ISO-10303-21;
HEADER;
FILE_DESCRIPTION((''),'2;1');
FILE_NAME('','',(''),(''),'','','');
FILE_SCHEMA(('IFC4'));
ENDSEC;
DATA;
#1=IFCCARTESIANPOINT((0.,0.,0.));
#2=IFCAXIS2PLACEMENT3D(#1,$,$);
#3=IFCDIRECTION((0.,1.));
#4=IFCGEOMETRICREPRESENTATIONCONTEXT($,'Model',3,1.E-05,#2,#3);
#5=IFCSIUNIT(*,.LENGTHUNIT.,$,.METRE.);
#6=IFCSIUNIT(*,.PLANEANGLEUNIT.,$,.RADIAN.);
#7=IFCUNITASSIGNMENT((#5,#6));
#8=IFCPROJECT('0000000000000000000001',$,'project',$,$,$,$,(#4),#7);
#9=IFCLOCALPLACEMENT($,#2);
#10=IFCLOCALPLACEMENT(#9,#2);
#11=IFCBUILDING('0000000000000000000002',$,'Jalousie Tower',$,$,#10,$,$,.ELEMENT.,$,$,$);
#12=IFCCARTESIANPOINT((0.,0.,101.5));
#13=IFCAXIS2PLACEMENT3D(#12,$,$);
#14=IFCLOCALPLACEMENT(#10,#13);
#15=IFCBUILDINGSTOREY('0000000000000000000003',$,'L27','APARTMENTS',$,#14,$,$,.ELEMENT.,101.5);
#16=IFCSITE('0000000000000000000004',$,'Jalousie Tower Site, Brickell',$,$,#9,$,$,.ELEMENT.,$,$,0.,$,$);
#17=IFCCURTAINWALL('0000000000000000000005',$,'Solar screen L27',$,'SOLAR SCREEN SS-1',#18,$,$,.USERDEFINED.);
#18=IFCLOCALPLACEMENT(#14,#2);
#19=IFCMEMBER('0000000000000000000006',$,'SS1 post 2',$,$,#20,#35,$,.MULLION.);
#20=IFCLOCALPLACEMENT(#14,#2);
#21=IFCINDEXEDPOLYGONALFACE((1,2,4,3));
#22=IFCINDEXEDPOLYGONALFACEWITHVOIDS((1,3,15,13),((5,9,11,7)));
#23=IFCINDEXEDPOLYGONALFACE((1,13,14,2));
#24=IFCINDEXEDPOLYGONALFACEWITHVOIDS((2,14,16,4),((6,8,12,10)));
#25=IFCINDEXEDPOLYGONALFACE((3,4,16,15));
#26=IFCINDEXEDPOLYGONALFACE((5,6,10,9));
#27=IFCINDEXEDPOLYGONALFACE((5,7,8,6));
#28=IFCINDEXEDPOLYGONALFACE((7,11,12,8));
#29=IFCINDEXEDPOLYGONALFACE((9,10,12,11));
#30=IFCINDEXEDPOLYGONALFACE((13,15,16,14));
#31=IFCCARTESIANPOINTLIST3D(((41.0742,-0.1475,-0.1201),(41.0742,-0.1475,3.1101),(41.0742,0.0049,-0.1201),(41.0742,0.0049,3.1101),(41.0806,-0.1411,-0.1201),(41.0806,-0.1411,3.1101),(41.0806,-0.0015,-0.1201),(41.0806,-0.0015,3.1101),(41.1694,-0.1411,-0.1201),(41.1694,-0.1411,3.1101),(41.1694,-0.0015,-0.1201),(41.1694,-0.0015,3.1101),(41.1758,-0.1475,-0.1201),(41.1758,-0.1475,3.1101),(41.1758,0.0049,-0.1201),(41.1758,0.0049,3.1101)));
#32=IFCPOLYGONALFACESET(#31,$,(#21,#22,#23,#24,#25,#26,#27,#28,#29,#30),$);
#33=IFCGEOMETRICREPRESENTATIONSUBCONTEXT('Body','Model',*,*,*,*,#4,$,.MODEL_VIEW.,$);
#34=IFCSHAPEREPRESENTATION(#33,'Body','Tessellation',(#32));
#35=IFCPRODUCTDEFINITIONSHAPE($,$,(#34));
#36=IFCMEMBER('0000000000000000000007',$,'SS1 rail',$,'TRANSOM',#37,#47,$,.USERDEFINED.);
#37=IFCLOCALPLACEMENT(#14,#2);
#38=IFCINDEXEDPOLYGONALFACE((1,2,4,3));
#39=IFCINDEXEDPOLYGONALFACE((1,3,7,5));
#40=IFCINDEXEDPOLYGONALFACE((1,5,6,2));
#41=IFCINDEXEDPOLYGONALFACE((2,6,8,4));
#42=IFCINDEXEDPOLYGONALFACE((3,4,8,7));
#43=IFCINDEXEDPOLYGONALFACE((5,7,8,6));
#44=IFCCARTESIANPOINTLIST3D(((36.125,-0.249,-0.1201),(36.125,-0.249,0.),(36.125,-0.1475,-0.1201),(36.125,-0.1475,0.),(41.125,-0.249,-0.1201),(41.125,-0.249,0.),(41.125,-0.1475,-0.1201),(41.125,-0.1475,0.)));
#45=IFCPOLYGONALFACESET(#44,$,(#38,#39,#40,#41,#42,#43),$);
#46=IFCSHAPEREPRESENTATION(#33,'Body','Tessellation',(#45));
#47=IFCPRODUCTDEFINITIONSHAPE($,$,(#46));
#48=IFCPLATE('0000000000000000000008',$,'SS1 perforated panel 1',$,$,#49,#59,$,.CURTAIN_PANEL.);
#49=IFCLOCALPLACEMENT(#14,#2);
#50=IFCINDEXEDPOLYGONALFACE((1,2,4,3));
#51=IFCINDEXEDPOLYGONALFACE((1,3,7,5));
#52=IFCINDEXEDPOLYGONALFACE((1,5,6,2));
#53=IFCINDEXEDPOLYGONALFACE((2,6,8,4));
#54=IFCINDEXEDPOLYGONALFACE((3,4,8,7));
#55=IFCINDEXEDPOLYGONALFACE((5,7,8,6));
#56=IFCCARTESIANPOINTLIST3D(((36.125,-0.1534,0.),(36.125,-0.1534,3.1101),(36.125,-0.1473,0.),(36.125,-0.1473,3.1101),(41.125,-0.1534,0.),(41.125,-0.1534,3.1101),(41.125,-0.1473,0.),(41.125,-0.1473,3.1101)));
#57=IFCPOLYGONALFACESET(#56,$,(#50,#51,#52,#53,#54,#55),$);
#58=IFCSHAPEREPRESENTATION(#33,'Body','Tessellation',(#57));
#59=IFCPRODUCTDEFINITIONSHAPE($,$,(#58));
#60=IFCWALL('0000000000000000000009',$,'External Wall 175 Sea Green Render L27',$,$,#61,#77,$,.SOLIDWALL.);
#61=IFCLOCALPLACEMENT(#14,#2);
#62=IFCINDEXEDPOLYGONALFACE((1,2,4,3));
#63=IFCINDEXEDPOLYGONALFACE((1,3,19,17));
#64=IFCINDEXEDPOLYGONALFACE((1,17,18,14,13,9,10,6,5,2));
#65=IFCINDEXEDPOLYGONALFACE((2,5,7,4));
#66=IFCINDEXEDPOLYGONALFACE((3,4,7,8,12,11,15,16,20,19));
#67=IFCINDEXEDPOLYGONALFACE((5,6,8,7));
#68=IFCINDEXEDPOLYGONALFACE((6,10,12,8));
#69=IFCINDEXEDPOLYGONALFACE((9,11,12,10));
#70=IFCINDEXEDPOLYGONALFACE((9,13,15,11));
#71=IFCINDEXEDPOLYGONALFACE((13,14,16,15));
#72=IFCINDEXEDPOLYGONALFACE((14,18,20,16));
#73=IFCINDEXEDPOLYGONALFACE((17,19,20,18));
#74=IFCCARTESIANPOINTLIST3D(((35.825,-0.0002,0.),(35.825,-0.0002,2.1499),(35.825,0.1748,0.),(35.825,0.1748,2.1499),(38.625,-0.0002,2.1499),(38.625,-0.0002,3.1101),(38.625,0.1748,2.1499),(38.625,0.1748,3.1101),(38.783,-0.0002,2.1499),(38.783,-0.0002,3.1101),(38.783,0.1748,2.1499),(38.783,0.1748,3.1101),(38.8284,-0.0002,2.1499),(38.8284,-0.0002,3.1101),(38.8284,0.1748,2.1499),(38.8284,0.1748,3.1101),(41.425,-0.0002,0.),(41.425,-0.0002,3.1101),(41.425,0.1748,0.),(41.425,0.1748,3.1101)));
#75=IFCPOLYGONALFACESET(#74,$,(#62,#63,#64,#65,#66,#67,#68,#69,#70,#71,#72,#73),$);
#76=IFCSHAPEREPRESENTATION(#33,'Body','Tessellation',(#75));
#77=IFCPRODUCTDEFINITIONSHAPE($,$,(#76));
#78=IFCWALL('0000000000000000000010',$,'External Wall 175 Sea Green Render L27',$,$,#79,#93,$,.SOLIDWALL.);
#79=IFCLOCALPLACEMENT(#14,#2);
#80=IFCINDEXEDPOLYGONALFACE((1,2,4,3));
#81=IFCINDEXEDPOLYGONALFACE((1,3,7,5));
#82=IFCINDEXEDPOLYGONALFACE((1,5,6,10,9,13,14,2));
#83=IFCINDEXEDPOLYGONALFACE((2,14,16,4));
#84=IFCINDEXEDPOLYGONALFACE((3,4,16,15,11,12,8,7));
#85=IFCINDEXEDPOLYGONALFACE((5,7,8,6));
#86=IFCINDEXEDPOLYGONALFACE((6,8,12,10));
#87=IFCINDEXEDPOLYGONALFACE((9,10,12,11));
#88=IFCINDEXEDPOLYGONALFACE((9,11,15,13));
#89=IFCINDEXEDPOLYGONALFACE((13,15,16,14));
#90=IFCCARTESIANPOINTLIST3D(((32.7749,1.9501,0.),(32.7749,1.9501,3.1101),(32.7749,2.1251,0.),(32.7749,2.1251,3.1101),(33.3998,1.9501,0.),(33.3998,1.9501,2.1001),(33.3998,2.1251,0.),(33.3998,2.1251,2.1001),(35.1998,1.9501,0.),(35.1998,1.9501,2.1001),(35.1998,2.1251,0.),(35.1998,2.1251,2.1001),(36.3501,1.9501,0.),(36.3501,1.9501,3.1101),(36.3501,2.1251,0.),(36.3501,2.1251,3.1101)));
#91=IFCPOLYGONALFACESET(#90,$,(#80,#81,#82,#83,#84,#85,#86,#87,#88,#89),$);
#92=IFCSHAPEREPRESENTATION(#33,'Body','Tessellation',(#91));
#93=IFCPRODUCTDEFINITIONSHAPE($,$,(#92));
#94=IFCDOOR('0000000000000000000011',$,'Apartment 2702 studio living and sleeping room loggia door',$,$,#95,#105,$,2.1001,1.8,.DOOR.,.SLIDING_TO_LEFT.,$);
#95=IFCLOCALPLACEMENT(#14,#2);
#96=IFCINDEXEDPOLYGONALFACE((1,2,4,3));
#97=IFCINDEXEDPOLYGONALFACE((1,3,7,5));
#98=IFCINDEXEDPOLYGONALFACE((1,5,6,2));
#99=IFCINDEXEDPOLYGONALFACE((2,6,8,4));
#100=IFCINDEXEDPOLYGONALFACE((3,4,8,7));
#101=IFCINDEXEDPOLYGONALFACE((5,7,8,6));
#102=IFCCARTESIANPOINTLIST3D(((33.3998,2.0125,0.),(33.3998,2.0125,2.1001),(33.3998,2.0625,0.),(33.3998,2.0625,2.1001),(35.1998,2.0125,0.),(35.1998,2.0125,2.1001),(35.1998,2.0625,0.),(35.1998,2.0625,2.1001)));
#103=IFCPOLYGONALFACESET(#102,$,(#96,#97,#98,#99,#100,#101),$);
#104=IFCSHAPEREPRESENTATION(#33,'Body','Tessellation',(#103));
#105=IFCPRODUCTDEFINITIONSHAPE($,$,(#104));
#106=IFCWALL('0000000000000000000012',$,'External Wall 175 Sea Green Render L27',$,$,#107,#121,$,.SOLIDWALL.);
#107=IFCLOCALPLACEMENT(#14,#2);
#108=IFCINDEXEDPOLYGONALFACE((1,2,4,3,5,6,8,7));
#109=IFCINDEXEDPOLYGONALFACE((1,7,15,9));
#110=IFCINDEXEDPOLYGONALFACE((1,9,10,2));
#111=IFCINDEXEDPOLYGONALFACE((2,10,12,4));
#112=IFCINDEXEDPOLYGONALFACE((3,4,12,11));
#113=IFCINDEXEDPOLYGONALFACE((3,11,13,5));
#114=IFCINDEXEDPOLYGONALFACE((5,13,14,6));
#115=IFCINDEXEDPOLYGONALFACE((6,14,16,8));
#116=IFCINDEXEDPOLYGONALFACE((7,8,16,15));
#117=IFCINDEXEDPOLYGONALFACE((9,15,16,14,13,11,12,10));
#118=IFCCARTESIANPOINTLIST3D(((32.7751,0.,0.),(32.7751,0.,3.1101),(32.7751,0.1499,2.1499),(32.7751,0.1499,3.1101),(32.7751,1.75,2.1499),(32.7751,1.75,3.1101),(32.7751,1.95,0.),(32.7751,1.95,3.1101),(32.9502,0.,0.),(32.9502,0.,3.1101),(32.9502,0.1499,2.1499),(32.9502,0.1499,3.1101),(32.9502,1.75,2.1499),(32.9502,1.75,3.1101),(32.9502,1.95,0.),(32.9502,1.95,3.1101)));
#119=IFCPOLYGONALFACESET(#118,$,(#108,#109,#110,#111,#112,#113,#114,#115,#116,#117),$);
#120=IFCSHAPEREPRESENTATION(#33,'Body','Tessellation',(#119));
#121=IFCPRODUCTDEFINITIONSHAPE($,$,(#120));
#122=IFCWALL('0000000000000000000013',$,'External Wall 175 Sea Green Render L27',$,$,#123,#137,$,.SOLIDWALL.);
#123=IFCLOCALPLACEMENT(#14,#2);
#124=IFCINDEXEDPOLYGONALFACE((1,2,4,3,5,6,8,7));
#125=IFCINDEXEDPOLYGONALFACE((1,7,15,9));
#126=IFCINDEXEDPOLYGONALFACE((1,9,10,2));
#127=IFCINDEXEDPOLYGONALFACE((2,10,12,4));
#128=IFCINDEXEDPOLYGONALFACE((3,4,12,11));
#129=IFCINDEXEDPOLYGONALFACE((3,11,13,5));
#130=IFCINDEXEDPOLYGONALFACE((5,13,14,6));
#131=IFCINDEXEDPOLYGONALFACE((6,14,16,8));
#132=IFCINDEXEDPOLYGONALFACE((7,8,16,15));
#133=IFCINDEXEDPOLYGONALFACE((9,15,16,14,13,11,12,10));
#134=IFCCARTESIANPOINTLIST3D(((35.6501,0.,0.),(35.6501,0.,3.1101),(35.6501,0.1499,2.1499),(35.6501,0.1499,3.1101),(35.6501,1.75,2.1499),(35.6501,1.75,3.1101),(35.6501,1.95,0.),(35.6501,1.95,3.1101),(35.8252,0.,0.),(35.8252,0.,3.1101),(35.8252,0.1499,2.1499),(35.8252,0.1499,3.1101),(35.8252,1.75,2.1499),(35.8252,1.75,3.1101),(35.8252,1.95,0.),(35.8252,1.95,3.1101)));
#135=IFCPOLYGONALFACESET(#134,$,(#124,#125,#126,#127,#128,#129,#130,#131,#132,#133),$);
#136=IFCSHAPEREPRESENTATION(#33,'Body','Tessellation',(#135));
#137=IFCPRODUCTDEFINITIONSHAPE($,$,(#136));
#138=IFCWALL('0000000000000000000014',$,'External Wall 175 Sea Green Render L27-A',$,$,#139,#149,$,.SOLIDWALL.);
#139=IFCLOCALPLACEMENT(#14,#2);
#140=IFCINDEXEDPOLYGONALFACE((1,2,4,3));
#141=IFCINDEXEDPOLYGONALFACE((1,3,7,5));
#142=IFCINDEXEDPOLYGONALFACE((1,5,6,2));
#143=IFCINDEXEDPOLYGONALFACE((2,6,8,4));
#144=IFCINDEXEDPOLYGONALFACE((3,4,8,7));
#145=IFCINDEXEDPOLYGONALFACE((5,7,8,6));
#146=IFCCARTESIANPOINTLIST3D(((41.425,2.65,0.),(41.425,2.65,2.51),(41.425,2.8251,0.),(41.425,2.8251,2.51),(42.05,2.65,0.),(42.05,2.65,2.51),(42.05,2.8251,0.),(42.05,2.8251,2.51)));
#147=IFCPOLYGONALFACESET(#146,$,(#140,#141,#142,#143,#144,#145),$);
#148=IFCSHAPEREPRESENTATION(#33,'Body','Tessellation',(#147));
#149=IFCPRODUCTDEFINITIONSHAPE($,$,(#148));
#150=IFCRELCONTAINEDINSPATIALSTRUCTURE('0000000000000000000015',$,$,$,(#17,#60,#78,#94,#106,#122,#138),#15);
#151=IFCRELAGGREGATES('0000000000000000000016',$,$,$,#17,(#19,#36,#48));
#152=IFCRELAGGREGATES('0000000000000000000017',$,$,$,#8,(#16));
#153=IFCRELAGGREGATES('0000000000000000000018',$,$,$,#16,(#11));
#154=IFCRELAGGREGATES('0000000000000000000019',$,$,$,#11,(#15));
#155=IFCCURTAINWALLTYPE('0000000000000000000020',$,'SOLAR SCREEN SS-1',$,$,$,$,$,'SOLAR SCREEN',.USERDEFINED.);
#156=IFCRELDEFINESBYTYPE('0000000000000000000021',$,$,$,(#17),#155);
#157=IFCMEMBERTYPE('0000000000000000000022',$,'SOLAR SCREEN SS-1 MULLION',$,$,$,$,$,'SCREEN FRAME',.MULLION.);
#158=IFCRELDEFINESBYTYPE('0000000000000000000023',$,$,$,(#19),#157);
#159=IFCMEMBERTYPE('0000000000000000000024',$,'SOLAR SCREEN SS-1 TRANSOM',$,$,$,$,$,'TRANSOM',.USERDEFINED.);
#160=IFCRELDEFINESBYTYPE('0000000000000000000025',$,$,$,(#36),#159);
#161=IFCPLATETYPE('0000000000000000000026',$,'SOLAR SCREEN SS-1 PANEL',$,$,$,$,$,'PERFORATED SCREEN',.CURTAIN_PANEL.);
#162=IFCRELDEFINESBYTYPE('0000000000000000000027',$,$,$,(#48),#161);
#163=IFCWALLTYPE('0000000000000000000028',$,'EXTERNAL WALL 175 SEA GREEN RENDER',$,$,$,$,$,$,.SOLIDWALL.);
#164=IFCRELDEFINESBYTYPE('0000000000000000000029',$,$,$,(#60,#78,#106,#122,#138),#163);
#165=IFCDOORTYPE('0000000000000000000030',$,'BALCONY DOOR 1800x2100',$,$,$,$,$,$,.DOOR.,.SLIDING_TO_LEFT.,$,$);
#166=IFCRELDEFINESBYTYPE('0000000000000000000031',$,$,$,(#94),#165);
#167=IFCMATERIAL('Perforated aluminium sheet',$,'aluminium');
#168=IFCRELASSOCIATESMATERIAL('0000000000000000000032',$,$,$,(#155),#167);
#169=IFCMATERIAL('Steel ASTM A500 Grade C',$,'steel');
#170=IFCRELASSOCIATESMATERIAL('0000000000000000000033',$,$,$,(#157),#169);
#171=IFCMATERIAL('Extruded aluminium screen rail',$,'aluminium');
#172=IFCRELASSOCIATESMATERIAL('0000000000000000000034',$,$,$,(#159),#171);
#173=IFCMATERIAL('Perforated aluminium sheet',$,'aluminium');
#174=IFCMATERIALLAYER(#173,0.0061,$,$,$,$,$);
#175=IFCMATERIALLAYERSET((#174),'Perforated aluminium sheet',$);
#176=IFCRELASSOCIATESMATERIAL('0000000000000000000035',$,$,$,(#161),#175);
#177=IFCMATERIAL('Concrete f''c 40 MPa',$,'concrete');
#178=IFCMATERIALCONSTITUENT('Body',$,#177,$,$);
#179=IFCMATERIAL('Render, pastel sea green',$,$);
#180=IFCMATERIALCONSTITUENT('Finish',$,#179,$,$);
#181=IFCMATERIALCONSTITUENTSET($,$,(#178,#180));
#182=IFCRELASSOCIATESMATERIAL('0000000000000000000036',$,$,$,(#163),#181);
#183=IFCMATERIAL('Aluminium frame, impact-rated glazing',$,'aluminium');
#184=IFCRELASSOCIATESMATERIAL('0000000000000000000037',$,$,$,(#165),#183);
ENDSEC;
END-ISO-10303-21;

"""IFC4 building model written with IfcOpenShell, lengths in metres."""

from ifc_helpers import new_model, si_unit, direction, frame, frame_2d, origin, origin_2d, place, context, subcontext, project, spatial, polyline, rectangle, hollow_rectangle, outline, extrude, material, layer, layer_set, constituent, constituent_set, material_profile, profile_set, type_object, element, fill, aggregate, save


model = new_model("IFC4")

# Units and contexts
model_context = context("Model", 3, precision=1e-05, world=origin(), true_north=direction((0.0, 1.0)))
body_context = subcontext(model_context, "Body", "Model", "MODEL_VIEW")
ifc_project = project(units=[si_unit("LENGTHUNIT", "METRE"), si_unit("PLANEANGLEUNIT", "RADIAN")], contexts=[model_context])

# Site, building, storey
site_placement = place(None, origin())
site = spatial("IfcSite", under=ifc_project, at=site_placement, Name="Jalousie Tower Site, Brickell", CompositionType="ELEMENT", RefElevation=0.0)
building_placement = place(site_placement, origin())
building = spatial("IfcBuilding", under=site, at=building_placement, Name="Jalousie Tower", CompositionType="ELEMENT")
storey_placement = place(building_placement, frame((0.0, 0.0, 101.5)))
storey = spatial("IfcBuildingStorey", under=building, at=storey_placement, Name="L27", Description="APARTMENTS", CompositionType="ELEMENT", Elevation=101.5)

# Shared definitions
ifc_material_1 = material(Name="Perforated aluminium sheet", Category="aluminium")
curtain_wall_type = type_object("IfcCurtainWallType", Name="SOLAR SCREEN SS-1", ElementType="SOLAR SCREEN", PredefinedType="USERDEFINED", material=ifc_material_1)
ifc_material_2 = material(Name="Steel ASTM A500 Grade C", Category="steel")
ifc_material_profile_1 = material_profile(ifc_material_2, hollow_rectangle(XDim=0.1016, YDim=0.1523, WallThickness=0.0063, at=origin_2d()), Name="HSS6X4X1/4")
ifc_profile_set_1 = profile_set([ifc_material_profile_1], Name="Steel ASTM A500 Grade C")
member_type_1 = type_object("IfcMemberType", Name="SOLAR SCREEN SS-1 MULLION", ElementType="SCREEN FRAME", PredefinedType="MULLION", material=ifc_profile_set_1)

# Curtain wall, members, plate
curtain_wall_1_placement = place(storey_placement, origin())
curtain_wall_1 = element("IfcCurtainWall", 1, at=curtain_wall_1_placement, inside=storey, type_object=curtain_wall_type, Name="Solar screen L27", ObjectType="SOLAR SCREEN SS-1", PredefinedType="USERDEFINED")
member_1_placement = place(storey_placement, frame((41.125, -0.0713, -0.1201), z_axis=(0.0, 0.0, 1.0), x_axis=(1.0, 0.0, 0.0)))
member_1 = element("IfcMember", 2, at=member_1_placement, type_object=member_type_1, Name="SS1 post 2", PredefinedType="MULLION", context=body_context, shape_type="SweptSolid", body=[
    extrude(hollow_rectangle(XDim=0.1016, YDim=0.1523, WallThickness=0.0063, at=origin_2d()), origin(), (0.0, 0.0, 1.0), 3.2302),
])
ifc_material_3 = material(Name="Extruded aluminium screen rail", Category="aluminium")
ifc_material_profile_2 = material_profile(ifc_material_3, rectangle(XDim=0.1016, YDim=0.1201, at=origin_2d()), Name="RAIL 102x120")
ifc_profile_set_2 = profile_set([ifc_material_profile_2], Name="Extruded aluminium screen rail")
member_type_2 = type_object("IfcMemberType", Name="SOLAR SCREEN SS-1 TRANSOM", ElementType="TRANSOM", PredefinedType="USERDEFINED", material=ifc_profile_set_2)
member_2_placement = place(storey_placement, frame((36.125, -0.1982, -0.0601), z_axis=(1.0, 0.0, 0.0), x_axis=(0.0, 1.0, 0.0)))
member_2 = element("IfcMember", 3, at=member_2_placement, type_object=member_type_2, Name="SS1 rail", ObjectType="TRANSOM", PredefinedType="USERDEFINED", context=body_context, shape_type="SweptSolid", body=[
    extrude(rectangle(XDim=0.1016, YDim=0.1201, at=origin_2d()), origin(), (0.0, 0.0, 1.0), 5.0),
])
ifc_material_4 = material(Name="Perforated aluminium sheet", Category="aluminium")
ifc_layer_1 = layer(ifc_material_4, 0.0061)
ifc_layer_set_1 = layer_set([ifc_layer_1], Name="Perforated aluminium sheet")
plate_type = type_object("IfcPlateType", Name="SOLAR SCREEN SS-1 PANEL", ElementType="PERFORATED SCREEN", PredefinedType="CURTAIN_PANEL", material=ifc_layer_set_1)
plate_placement = place(storey_placement, frame((38.625, -0.1504, 0.0), z_axis=(0.0, 0.0, 1.0), x_axis=(1.0, 0.0, 0.0)))
plate = element("IfcPlate", 4, at=plate_placement, type_object=plate_type, Name="SS1 perforated panel 1", PredefinedType="CURTAIN_PANEL", context=body_context, shape_type="SweptSolid", body=[
    extrude(rectangle(XDim=5.0, YDim=0.0061, at=origin_2d()), origin(), (0.0, 0.0, 1.0), 3.1101),
])
aggregate(curtain_wall_1, [member_1, member_2, plate])

# Wall
ifc_material_5 = material(Name="Concrete f'c 40 MPa", Category="concrete")
ifc_constituent_1 = constituent(ifc_material_5, Name="Body")
ifc_material_6 = material(Name="Render, pastel sea green")
ifc_constituent_2 = constituent(ifc_material_6, Name="Finish")
ifc_constituent_set_1 = constituent_set(constituents=[ifc_constituent_1, ifc_constituent_2])
wall_type_1 = type_object("IfcWallType", Name="EXTERNAL WALL 175 SEA GREEN RENDER", PredefinedType="SOLIDWALL", material=ifc_constituent_set_1)
wall_1_placement = place(storey_placement, frame((35.825, 0.0874, 0.0), z_axis=(0.0, 0.0, 1.0), x_axis=(1.0, 0.0, 0.0)))
element("IfcWall", 5, at=wall_1_placement, inside=storey, type_object=wall_type_1, Name="External Wall 175 Sea Green Render L27", PredefinedType="SOLIDWALL", context=body_context, shape_type="SweptSolid", body=[
    extrude(outline(polyline([(0.0, 0.0), (5.6001, 0.0), (5.6001, 3.1101), (3.0034, 3.1101), (3.0034, 2.1499), (2.958, 2.1499), (2.958, 3.1101), (2.8, 3.1101), (2.8, 2.1499), (0.0, 2.1499), (0.0, 0.0)])), frame((0.0, 0.0874, 0.0), z_axis=(0.0, -1.0, 0.0), x_axis=(1.0, 0.0, 0.0)), (0.0, 0.0, 1.0), 0.175),
])

# Wall, opening, door
wall_2_placement = place(storey_placement, frame((32.7749, 2.0376, 0.0), z_axis=(0.0, 0.0, 1.0), x_axis=(1.0, 0.0, 0.0)))
wall_2 = element("IfcWall", 6, at=wall_2_placement, inside=storey, type_object=wall_type_1, Name="External Wall 175 Sea Green Render L27", PredefinedType="SOLIDWALL", context=body_context, shape_type="SweptSolid", body=[
    extrude(rectangle(XDim=3.5752, YDim=0.175, at=frame_2d((1.7876, 0.0))), origin(), (0.0, 0.0, 1.0), 3.1101),
])
opening_1_placement = place(wall_2_placement, frame((0.625, 0.0, 0.0)))
opening_1 = element("IfcOpeningElement", 7, at=opening_1_placement, cuts=wall_2, PredefinedType="OPENING", context=body_context, shape_type="SweptSolid", body=[
    extrude(rectangle(XDim=1.8, YDim=2.1001, at=frame_2d((0.8999, 1.05))), frame((0.0, 0.0974, 0.0), z_axis=(0.0, -1.0, 0.0), x_axis=(1.0, 0.0, 0.0)), (0.0, 0.0, 1.0), 0.1951),
])
ifc_material_7 = material(Name="Aluminium frame, impact-rated glazing", Category="aluminium")
door_type_1 = type_object("IfcDoorType", Name="BALCONY DOOR 1800x2100", OperationType="SLIDING_TO_LEFT", PredefinedType="DOOR", material=ifc_material_7)
door_1_placement = place(opening_1_placement, origin())
door_1 = element("IfcDoor", 8, at=door_1_placement, inside=storey, type_object=door_type_1, Name="Apartment 2702 studio living and sleeping room loggia door", OperationType="SLIDING_TO_LEFT", OverallHeight=2.1001, OverallWidth=1.8, PredefinedType="DOOR", context=body_context, shape_type="SweptSolid", body=[
    extrude(rectangle(XDim=1.8, YDim=2.1001, at=frame_2d((0.8999, 1.05))), frame((0.0, 0.0249, 0.0), z_axis=(0.0, -1.0, 0.0), x_axis=(1.0, 0.0, 0.0)), (0.0, 0.0, 1.0), 0.05),
])
fill(opening_1, door_1)

# Walls
for number, where, z_axis, x_axis, name in (
    (9, (32.8625, 0.0, 0.0), (0.0, 0.0, 1.0), (0.0, 1.0, 0.0), "External Wall 175 Sea Green Render L27"),
    (10, (35.7375, 0.0, 0.0), (0.0, 0.0, 1.0), (0.0, 1.0, 0.0), "External Wall 175 Sea Green Render L27"),
):
    element("IfcWall", number, at=place(storey_placement, frame(where, z_axis=z_axis, x_axis=x_axis)), inside=storey, type_object=wall_type_1, Name=name, PredefinedType="SOLIDWALL", context=body_context, shape_type="SweptSolid", body=[
        extrude(outline(polyline([(0.0, 0.0), (1.95, 0.0), (1.95, 3.1101), (1.75, 3.1101), (1.75, 2.1499), (0.1499, 2.1499), (0.1499, 3.1101), (0.0, 3.1101), (0.0, 0.0)])), frame((0.0, 0.0874, 0.0), z_axis=(0.0, -1.0, 0.0), x_axis=(1.0, 0.0, 0.0)), (0.0, 0.0, 1.0), 0.175),
    ])
wall_3_placement = place(storey_placement, frame((41.425, 2.7375, 0.0), z_axis=(0.0, 0.0, 1.0), x_axis=(1.0, 0.0, 0.0)))
element("IfcWall", 11, at=wall_3_placement, inside=storey, type_object=wall_type_1, Name="External Wall 175 Sea Green Render L27-A", PredefinedType="SOLIDWALL", context=body_context, shape_type="SweptSolid", body=[
    extrude(rectangle(XDim=0.625, YDim=0.175, at=frame_2d((0.3125, 0.0))), origin(), (0.0, 0.0, 1.0), 2.51),
])

save(model, "model.ifc")
